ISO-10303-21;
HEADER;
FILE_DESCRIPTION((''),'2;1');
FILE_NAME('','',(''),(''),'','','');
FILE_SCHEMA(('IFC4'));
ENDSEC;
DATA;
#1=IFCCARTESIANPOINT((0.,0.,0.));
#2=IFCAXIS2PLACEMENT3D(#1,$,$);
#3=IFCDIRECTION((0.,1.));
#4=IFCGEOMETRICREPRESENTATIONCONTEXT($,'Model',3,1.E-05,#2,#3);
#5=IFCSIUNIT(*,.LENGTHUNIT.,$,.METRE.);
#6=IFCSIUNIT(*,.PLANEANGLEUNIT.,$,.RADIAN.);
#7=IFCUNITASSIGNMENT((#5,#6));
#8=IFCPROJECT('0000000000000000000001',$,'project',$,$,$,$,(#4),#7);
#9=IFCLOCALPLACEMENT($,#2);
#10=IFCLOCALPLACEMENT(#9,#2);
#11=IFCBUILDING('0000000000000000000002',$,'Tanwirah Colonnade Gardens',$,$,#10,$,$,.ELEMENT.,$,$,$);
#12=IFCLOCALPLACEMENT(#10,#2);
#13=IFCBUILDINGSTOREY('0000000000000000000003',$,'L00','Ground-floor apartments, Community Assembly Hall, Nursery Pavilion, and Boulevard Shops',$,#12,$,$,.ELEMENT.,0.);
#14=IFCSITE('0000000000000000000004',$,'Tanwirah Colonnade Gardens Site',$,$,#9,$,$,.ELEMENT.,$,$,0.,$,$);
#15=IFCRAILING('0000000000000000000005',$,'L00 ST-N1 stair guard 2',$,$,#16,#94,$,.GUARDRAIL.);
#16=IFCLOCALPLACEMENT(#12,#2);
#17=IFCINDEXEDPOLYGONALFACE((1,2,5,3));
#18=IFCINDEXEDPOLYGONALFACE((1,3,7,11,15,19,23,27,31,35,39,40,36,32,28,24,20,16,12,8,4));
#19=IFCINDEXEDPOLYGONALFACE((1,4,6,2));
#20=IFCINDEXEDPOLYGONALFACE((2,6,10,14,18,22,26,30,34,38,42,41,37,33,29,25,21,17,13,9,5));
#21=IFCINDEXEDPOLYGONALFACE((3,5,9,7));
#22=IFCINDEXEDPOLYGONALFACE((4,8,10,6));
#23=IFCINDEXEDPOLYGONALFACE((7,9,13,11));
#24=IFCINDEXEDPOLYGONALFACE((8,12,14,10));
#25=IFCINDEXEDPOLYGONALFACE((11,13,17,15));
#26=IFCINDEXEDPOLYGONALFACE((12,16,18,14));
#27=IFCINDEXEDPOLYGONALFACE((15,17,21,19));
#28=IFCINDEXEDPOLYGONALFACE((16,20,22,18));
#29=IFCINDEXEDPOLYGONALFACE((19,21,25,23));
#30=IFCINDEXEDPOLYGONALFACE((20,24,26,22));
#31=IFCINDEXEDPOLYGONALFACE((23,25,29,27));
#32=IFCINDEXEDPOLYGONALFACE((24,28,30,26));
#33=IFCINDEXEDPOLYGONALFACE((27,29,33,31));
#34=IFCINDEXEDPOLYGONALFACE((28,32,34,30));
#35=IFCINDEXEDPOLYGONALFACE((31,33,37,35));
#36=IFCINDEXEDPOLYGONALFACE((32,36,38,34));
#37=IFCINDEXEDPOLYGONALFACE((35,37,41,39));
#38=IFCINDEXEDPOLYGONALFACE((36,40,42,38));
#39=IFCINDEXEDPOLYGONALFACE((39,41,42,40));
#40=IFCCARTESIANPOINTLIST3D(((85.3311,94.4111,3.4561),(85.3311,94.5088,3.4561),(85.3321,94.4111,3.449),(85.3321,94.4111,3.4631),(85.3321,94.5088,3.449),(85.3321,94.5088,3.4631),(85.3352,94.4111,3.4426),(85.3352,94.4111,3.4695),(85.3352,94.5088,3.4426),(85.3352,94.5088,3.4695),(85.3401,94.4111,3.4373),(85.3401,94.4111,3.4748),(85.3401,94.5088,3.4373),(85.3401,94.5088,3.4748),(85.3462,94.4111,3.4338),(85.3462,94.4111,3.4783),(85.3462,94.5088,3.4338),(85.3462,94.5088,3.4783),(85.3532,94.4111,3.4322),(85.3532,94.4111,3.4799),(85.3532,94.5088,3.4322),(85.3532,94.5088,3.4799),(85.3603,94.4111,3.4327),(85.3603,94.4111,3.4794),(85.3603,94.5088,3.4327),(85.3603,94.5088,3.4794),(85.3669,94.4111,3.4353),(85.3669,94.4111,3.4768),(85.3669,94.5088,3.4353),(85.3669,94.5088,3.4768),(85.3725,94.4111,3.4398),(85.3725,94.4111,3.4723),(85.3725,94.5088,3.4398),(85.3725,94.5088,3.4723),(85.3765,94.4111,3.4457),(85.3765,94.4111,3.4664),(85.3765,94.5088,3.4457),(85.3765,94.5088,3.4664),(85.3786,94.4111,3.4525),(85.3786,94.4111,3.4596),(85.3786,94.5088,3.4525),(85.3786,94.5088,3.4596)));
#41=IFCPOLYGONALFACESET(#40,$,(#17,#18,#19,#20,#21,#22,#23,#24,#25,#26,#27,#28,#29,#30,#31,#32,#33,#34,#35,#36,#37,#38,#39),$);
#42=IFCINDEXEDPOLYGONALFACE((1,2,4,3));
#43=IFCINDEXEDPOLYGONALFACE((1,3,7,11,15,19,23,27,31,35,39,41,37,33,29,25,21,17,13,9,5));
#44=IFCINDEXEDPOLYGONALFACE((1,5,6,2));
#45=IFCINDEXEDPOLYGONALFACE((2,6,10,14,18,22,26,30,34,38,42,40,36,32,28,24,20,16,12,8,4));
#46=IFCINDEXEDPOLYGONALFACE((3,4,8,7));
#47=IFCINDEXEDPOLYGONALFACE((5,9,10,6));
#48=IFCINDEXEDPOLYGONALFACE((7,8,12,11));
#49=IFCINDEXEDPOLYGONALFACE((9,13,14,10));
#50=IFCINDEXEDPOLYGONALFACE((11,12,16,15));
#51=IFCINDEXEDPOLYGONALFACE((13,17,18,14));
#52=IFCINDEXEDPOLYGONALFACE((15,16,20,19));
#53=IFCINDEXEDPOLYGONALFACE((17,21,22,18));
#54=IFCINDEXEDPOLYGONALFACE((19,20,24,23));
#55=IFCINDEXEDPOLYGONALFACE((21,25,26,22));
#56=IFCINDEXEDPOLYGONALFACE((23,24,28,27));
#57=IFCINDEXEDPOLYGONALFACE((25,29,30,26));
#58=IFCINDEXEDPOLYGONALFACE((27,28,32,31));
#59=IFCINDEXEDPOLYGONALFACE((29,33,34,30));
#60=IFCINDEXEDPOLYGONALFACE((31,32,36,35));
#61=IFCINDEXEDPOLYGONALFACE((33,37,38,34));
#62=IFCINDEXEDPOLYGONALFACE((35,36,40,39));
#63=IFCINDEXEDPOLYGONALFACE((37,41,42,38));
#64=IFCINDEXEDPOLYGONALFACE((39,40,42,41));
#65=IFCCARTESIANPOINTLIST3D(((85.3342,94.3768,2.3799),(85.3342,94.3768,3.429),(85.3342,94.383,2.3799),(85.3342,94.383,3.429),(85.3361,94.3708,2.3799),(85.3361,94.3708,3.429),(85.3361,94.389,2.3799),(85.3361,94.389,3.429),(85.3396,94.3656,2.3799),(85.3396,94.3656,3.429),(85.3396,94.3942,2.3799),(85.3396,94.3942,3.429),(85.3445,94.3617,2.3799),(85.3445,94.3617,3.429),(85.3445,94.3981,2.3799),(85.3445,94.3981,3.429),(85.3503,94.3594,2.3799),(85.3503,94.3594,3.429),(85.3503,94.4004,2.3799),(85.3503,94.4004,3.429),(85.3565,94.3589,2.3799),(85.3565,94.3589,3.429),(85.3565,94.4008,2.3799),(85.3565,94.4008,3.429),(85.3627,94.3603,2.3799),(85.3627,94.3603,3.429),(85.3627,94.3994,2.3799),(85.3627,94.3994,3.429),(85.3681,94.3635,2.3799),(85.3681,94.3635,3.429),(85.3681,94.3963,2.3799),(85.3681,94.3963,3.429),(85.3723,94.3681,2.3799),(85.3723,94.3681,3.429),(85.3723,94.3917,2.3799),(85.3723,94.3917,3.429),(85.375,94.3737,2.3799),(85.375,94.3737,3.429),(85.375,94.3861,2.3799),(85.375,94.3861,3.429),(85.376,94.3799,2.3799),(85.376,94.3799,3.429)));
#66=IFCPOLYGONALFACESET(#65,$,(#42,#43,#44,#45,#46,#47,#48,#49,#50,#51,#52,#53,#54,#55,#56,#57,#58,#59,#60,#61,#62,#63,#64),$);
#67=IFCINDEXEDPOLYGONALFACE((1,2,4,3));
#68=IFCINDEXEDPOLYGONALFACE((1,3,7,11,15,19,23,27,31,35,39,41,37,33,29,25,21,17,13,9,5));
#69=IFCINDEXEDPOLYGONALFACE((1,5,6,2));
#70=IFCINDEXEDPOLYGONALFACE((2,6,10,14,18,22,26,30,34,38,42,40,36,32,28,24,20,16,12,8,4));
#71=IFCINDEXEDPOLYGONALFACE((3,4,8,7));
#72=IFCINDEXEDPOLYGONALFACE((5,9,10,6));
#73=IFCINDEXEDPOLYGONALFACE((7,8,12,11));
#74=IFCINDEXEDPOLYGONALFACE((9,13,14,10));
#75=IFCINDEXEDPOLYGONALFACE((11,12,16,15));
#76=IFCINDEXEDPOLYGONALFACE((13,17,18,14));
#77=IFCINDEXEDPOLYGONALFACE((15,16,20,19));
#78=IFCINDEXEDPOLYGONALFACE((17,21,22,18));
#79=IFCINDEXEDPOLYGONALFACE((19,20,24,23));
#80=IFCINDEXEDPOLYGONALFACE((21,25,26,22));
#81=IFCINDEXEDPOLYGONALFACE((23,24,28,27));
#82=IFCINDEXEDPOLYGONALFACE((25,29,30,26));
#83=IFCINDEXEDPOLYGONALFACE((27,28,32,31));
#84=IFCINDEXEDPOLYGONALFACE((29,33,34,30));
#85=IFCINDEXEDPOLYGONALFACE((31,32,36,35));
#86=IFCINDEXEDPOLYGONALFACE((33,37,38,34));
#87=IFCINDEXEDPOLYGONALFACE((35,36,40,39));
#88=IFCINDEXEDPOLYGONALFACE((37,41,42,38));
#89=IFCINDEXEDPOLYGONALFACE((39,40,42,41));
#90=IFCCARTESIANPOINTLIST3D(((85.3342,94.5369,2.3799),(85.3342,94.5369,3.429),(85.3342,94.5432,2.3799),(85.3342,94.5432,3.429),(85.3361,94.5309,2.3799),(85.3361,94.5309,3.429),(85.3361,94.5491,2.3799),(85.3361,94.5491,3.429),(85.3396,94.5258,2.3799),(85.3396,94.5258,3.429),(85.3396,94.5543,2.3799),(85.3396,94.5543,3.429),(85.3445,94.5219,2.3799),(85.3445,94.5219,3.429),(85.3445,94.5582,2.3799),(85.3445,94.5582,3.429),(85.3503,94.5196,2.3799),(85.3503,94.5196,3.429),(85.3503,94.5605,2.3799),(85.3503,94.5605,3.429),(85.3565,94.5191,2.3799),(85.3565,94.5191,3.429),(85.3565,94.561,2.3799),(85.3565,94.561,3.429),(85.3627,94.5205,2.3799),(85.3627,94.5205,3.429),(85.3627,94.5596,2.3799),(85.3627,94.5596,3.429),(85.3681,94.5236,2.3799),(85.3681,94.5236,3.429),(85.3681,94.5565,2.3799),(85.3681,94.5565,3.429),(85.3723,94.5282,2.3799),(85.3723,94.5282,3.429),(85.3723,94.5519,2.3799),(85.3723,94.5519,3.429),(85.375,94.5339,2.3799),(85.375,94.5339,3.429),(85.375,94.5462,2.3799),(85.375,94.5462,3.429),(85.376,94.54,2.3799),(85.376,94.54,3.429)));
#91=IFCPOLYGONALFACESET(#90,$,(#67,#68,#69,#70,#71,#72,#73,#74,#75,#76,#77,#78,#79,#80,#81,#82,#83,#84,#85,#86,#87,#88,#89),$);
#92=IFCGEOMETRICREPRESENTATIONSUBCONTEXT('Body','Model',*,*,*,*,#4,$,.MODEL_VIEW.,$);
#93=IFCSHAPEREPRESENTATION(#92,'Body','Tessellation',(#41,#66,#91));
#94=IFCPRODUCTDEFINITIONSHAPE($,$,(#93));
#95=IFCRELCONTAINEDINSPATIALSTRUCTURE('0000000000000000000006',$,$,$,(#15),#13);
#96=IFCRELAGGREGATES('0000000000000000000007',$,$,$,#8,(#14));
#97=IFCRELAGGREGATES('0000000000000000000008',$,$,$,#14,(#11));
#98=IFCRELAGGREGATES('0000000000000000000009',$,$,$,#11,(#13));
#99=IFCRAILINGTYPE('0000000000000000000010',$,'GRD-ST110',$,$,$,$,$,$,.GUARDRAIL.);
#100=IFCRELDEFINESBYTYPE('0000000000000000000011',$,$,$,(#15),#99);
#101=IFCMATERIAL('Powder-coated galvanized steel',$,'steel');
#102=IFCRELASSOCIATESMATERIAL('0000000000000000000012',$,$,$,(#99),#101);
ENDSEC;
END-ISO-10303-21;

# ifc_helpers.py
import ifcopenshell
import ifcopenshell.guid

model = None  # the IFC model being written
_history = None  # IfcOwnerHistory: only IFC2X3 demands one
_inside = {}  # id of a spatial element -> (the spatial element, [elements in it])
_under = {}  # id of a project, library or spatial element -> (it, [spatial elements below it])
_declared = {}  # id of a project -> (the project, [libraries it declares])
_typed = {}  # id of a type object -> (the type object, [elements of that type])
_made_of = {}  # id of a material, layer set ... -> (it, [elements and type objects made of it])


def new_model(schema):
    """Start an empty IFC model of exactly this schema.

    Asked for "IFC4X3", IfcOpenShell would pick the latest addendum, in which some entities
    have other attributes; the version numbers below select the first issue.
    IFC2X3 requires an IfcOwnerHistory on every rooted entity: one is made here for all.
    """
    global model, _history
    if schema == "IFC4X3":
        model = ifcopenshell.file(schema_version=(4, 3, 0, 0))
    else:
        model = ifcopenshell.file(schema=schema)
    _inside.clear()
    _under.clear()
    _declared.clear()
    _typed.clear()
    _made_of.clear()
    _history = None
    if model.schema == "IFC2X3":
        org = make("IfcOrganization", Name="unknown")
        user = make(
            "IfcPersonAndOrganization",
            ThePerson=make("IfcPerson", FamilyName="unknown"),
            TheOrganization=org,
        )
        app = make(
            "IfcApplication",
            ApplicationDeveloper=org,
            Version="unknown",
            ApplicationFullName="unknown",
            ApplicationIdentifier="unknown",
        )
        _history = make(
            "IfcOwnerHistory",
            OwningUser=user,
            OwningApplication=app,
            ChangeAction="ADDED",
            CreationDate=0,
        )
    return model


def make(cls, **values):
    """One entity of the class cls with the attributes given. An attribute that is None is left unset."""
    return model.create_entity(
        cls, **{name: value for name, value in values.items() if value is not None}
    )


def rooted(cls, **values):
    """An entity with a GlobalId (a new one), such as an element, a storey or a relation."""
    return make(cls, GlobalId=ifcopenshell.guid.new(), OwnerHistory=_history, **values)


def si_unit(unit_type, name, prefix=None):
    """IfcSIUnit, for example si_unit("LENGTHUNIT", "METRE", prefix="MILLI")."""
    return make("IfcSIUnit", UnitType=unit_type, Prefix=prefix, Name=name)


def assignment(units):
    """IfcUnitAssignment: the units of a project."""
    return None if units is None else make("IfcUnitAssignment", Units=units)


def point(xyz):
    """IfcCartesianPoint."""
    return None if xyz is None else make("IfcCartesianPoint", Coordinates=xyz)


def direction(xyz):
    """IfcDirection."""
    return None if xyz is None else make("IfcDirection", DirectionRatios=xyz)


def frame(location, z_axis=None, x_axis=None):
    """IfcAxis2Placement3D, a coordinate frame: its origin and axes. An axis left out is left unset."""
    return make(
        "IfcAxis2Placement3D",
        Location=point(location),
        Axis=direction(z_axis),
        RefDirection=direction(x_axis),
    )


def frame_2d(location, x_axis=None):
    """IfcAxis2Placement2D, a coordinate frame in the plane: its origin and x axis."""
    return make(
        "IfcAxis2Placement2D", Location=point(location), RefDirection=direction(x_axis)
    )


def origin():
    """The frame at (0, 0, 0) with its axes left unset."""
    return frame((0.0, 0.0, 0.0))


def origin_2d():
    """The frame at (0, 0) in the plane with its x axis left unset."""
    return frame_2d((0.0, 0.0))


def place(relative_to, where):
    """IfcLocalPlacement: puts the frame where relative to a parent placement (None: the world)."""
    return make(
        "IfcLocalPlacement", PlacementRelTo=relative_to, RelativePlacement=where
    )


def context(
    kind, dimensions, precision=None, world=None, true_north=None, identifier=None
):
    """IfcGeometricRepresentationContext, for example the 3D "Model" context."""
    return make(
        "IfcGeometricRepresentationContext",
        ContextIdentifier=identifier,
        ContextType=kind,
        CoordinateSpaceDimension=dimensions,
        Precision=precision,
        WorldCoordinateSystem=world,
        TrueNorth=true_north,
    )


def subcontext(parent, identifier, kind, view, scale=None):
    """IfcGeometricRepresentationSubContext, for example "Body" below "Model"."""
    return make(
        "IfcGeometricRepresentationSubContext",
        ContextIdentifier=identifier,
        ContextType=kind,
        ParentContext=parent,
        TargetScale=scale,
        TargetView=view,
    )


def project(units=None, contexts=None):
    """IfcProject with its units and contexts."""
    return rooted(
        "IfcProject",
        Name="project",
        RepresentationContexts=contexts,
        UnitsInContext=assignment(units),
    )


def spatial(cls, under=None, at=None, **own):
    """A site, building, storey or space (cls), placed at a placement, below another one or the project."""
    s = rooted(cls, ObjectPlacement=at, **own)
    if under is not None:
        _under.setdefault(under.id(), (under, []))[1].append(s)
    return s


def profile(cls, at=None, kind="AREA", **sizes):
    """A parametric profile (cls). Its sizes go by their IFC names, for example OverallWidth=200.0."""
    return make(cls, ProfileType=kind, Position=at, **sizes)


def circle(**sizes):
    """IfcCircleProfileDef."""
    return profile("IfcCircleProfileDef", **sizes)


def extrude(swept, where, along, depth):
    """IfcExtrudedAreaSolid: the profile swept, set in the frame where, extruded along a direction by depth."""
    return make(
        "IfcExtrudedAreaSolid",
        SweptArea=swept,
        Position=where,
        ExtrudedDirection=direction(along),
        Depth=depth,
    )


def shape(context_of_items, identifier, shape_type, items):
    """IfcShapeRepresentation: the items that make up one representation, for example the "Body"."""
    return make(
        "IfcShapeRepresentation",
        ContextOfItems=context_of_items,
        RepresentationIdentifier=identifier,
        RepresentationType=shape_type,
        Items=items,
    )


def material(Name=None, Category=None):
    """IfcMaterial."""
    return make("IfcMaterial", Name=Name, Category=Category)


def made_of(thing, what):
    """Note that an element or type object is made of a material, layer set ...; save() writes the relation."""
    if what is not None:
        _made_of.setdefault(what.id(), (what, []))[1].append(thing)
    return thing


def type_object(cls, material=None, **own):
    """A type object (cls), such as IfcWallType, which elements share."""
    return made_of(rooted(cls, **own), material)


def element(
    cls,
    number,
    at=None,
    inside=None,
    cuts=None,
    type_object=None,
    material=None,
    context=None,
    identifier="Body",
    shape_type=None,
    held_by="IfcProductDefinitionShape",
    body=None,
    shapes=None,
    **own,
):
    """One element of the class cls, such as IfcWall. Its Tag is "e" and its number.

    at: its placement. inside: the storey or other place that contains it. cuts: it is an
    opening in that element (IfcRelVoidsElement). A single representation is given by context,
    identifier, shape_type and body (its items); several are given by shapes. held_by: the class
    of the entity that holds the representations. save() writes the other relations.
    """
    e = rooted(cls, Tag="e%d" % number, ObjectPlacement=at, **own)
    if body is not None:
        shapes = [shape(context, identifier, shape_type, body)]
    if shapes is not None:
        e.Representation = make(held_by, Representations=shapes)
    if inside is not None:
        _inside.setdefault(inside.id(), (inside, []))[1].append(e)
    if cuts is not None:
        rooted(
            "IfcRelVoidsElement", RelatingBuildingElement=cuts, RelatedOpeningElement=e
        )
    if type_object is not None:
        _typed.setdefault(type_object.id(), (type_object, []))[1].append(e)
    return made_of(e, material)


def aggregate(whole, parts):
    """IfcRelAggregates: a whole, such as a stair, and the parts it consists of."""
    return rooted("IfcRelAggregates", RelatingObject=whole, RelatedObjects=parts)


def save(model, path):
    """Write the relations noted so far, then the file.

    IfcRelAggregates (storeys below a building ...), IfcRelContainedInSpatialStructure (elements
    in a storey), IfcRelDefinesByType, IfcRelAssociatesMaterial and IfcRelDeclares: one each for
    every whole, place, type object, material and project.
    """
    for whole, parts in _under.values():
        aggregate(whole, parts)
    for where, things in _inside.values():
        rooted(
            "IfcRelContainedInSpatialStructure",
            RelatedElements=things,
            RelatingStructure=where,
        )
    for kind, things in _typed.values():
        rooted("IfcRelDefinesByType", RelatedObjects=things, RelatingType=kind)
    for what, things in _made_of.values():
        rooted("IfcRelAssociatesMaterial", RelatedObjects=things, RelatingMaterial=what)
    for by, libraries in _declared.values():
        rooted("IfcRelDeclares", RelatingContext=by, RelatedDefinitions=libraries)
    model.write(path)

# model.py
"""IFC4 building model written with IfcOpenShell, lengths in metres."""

from ifc_helpers import new_model, si_unit, direction, frame, origin, origin_2d, place, context, subcontext, project, spatial, circle, extrude, material, type_object, element, save


model = new_model("IFC4")

# Units and contexts
model_context = context("Model", 3, precision=1e-05, world=origin(), true_north=direction((0.0, 1.0)))
body_context = subcontext(model_context, "Body", "Model", "MODEL_VIEW")
ifc_project = project(units=[si_unit("LENGTHUNIT", "METRE"), si_unit("PLANEANGLEUNIT", "RADIAN")], contexts=[model_context])

# Site, building, storey
site_placement = place(None, origin())
site = spatial("IfcSite", under=ifc_project, at=site_placement, Name="Tanwirah Colonnade Gardens Site", CompositionType="ELEMENT", RefElevation=0.0)
building_placement = place(site_placement, origin())
building = spatial("IfcBuilding", under=site, at=building_placement, Name="Tanwirah Colonnade Gardens", CompositionType="ELEMENT")
storey_placement = place(building_placement, origin())
storey = spatial("IfcBuildingStorey", under=building, at=storey_placement, Name="L00", Description="Ground-floor apartments, Community Assembly Hall, Nursery Pavilion, and Boulevard Shops", CompositionType="ELEMENT", Elevation=0.0)

# Railing
ifc_material_1 = material(Name="Powder-coated galvanized steel", Category="steel")
railing_type_1 = type_object("IfcRailingType", Name="GRD-ST110", PredefinedType="GUARDRAIL", material=ifc_material_1)
railing_1_placement = place(storey_placement, frame((85.355, 94.3799, 2.3799)))
element("IfcRailing", 1, at=railing_1_placement, inside=storey, type_object=railing_type_1, Name="L00 ST-N1 stair guard 2", PredefinedType="GUARDRAIL", context=body_context, shape_type="SweptSolid", body=[
    extrude(circle(Radius=0.0239, at=origin_2d()), frame((0.0, 0.0312, 1.0762), z_axis=(0.0, 1.0, 0.0), x_axis=(-1.0, 0.0, 0.0)), (0.0, 0.0, 1.0), 0.0977),
    extrude(circle(Radius=0.021, at=origin_2d()), origin(), (0.0, 0.0, 1.0), 1.0491),
    extrude(circle(Radius=0.021, at=origin_2d()), frame((0.0, 0.1602, 0.0)), (0.0, 0.0, 1.0), 1.0491),
])

save(model, "model.ifc")
